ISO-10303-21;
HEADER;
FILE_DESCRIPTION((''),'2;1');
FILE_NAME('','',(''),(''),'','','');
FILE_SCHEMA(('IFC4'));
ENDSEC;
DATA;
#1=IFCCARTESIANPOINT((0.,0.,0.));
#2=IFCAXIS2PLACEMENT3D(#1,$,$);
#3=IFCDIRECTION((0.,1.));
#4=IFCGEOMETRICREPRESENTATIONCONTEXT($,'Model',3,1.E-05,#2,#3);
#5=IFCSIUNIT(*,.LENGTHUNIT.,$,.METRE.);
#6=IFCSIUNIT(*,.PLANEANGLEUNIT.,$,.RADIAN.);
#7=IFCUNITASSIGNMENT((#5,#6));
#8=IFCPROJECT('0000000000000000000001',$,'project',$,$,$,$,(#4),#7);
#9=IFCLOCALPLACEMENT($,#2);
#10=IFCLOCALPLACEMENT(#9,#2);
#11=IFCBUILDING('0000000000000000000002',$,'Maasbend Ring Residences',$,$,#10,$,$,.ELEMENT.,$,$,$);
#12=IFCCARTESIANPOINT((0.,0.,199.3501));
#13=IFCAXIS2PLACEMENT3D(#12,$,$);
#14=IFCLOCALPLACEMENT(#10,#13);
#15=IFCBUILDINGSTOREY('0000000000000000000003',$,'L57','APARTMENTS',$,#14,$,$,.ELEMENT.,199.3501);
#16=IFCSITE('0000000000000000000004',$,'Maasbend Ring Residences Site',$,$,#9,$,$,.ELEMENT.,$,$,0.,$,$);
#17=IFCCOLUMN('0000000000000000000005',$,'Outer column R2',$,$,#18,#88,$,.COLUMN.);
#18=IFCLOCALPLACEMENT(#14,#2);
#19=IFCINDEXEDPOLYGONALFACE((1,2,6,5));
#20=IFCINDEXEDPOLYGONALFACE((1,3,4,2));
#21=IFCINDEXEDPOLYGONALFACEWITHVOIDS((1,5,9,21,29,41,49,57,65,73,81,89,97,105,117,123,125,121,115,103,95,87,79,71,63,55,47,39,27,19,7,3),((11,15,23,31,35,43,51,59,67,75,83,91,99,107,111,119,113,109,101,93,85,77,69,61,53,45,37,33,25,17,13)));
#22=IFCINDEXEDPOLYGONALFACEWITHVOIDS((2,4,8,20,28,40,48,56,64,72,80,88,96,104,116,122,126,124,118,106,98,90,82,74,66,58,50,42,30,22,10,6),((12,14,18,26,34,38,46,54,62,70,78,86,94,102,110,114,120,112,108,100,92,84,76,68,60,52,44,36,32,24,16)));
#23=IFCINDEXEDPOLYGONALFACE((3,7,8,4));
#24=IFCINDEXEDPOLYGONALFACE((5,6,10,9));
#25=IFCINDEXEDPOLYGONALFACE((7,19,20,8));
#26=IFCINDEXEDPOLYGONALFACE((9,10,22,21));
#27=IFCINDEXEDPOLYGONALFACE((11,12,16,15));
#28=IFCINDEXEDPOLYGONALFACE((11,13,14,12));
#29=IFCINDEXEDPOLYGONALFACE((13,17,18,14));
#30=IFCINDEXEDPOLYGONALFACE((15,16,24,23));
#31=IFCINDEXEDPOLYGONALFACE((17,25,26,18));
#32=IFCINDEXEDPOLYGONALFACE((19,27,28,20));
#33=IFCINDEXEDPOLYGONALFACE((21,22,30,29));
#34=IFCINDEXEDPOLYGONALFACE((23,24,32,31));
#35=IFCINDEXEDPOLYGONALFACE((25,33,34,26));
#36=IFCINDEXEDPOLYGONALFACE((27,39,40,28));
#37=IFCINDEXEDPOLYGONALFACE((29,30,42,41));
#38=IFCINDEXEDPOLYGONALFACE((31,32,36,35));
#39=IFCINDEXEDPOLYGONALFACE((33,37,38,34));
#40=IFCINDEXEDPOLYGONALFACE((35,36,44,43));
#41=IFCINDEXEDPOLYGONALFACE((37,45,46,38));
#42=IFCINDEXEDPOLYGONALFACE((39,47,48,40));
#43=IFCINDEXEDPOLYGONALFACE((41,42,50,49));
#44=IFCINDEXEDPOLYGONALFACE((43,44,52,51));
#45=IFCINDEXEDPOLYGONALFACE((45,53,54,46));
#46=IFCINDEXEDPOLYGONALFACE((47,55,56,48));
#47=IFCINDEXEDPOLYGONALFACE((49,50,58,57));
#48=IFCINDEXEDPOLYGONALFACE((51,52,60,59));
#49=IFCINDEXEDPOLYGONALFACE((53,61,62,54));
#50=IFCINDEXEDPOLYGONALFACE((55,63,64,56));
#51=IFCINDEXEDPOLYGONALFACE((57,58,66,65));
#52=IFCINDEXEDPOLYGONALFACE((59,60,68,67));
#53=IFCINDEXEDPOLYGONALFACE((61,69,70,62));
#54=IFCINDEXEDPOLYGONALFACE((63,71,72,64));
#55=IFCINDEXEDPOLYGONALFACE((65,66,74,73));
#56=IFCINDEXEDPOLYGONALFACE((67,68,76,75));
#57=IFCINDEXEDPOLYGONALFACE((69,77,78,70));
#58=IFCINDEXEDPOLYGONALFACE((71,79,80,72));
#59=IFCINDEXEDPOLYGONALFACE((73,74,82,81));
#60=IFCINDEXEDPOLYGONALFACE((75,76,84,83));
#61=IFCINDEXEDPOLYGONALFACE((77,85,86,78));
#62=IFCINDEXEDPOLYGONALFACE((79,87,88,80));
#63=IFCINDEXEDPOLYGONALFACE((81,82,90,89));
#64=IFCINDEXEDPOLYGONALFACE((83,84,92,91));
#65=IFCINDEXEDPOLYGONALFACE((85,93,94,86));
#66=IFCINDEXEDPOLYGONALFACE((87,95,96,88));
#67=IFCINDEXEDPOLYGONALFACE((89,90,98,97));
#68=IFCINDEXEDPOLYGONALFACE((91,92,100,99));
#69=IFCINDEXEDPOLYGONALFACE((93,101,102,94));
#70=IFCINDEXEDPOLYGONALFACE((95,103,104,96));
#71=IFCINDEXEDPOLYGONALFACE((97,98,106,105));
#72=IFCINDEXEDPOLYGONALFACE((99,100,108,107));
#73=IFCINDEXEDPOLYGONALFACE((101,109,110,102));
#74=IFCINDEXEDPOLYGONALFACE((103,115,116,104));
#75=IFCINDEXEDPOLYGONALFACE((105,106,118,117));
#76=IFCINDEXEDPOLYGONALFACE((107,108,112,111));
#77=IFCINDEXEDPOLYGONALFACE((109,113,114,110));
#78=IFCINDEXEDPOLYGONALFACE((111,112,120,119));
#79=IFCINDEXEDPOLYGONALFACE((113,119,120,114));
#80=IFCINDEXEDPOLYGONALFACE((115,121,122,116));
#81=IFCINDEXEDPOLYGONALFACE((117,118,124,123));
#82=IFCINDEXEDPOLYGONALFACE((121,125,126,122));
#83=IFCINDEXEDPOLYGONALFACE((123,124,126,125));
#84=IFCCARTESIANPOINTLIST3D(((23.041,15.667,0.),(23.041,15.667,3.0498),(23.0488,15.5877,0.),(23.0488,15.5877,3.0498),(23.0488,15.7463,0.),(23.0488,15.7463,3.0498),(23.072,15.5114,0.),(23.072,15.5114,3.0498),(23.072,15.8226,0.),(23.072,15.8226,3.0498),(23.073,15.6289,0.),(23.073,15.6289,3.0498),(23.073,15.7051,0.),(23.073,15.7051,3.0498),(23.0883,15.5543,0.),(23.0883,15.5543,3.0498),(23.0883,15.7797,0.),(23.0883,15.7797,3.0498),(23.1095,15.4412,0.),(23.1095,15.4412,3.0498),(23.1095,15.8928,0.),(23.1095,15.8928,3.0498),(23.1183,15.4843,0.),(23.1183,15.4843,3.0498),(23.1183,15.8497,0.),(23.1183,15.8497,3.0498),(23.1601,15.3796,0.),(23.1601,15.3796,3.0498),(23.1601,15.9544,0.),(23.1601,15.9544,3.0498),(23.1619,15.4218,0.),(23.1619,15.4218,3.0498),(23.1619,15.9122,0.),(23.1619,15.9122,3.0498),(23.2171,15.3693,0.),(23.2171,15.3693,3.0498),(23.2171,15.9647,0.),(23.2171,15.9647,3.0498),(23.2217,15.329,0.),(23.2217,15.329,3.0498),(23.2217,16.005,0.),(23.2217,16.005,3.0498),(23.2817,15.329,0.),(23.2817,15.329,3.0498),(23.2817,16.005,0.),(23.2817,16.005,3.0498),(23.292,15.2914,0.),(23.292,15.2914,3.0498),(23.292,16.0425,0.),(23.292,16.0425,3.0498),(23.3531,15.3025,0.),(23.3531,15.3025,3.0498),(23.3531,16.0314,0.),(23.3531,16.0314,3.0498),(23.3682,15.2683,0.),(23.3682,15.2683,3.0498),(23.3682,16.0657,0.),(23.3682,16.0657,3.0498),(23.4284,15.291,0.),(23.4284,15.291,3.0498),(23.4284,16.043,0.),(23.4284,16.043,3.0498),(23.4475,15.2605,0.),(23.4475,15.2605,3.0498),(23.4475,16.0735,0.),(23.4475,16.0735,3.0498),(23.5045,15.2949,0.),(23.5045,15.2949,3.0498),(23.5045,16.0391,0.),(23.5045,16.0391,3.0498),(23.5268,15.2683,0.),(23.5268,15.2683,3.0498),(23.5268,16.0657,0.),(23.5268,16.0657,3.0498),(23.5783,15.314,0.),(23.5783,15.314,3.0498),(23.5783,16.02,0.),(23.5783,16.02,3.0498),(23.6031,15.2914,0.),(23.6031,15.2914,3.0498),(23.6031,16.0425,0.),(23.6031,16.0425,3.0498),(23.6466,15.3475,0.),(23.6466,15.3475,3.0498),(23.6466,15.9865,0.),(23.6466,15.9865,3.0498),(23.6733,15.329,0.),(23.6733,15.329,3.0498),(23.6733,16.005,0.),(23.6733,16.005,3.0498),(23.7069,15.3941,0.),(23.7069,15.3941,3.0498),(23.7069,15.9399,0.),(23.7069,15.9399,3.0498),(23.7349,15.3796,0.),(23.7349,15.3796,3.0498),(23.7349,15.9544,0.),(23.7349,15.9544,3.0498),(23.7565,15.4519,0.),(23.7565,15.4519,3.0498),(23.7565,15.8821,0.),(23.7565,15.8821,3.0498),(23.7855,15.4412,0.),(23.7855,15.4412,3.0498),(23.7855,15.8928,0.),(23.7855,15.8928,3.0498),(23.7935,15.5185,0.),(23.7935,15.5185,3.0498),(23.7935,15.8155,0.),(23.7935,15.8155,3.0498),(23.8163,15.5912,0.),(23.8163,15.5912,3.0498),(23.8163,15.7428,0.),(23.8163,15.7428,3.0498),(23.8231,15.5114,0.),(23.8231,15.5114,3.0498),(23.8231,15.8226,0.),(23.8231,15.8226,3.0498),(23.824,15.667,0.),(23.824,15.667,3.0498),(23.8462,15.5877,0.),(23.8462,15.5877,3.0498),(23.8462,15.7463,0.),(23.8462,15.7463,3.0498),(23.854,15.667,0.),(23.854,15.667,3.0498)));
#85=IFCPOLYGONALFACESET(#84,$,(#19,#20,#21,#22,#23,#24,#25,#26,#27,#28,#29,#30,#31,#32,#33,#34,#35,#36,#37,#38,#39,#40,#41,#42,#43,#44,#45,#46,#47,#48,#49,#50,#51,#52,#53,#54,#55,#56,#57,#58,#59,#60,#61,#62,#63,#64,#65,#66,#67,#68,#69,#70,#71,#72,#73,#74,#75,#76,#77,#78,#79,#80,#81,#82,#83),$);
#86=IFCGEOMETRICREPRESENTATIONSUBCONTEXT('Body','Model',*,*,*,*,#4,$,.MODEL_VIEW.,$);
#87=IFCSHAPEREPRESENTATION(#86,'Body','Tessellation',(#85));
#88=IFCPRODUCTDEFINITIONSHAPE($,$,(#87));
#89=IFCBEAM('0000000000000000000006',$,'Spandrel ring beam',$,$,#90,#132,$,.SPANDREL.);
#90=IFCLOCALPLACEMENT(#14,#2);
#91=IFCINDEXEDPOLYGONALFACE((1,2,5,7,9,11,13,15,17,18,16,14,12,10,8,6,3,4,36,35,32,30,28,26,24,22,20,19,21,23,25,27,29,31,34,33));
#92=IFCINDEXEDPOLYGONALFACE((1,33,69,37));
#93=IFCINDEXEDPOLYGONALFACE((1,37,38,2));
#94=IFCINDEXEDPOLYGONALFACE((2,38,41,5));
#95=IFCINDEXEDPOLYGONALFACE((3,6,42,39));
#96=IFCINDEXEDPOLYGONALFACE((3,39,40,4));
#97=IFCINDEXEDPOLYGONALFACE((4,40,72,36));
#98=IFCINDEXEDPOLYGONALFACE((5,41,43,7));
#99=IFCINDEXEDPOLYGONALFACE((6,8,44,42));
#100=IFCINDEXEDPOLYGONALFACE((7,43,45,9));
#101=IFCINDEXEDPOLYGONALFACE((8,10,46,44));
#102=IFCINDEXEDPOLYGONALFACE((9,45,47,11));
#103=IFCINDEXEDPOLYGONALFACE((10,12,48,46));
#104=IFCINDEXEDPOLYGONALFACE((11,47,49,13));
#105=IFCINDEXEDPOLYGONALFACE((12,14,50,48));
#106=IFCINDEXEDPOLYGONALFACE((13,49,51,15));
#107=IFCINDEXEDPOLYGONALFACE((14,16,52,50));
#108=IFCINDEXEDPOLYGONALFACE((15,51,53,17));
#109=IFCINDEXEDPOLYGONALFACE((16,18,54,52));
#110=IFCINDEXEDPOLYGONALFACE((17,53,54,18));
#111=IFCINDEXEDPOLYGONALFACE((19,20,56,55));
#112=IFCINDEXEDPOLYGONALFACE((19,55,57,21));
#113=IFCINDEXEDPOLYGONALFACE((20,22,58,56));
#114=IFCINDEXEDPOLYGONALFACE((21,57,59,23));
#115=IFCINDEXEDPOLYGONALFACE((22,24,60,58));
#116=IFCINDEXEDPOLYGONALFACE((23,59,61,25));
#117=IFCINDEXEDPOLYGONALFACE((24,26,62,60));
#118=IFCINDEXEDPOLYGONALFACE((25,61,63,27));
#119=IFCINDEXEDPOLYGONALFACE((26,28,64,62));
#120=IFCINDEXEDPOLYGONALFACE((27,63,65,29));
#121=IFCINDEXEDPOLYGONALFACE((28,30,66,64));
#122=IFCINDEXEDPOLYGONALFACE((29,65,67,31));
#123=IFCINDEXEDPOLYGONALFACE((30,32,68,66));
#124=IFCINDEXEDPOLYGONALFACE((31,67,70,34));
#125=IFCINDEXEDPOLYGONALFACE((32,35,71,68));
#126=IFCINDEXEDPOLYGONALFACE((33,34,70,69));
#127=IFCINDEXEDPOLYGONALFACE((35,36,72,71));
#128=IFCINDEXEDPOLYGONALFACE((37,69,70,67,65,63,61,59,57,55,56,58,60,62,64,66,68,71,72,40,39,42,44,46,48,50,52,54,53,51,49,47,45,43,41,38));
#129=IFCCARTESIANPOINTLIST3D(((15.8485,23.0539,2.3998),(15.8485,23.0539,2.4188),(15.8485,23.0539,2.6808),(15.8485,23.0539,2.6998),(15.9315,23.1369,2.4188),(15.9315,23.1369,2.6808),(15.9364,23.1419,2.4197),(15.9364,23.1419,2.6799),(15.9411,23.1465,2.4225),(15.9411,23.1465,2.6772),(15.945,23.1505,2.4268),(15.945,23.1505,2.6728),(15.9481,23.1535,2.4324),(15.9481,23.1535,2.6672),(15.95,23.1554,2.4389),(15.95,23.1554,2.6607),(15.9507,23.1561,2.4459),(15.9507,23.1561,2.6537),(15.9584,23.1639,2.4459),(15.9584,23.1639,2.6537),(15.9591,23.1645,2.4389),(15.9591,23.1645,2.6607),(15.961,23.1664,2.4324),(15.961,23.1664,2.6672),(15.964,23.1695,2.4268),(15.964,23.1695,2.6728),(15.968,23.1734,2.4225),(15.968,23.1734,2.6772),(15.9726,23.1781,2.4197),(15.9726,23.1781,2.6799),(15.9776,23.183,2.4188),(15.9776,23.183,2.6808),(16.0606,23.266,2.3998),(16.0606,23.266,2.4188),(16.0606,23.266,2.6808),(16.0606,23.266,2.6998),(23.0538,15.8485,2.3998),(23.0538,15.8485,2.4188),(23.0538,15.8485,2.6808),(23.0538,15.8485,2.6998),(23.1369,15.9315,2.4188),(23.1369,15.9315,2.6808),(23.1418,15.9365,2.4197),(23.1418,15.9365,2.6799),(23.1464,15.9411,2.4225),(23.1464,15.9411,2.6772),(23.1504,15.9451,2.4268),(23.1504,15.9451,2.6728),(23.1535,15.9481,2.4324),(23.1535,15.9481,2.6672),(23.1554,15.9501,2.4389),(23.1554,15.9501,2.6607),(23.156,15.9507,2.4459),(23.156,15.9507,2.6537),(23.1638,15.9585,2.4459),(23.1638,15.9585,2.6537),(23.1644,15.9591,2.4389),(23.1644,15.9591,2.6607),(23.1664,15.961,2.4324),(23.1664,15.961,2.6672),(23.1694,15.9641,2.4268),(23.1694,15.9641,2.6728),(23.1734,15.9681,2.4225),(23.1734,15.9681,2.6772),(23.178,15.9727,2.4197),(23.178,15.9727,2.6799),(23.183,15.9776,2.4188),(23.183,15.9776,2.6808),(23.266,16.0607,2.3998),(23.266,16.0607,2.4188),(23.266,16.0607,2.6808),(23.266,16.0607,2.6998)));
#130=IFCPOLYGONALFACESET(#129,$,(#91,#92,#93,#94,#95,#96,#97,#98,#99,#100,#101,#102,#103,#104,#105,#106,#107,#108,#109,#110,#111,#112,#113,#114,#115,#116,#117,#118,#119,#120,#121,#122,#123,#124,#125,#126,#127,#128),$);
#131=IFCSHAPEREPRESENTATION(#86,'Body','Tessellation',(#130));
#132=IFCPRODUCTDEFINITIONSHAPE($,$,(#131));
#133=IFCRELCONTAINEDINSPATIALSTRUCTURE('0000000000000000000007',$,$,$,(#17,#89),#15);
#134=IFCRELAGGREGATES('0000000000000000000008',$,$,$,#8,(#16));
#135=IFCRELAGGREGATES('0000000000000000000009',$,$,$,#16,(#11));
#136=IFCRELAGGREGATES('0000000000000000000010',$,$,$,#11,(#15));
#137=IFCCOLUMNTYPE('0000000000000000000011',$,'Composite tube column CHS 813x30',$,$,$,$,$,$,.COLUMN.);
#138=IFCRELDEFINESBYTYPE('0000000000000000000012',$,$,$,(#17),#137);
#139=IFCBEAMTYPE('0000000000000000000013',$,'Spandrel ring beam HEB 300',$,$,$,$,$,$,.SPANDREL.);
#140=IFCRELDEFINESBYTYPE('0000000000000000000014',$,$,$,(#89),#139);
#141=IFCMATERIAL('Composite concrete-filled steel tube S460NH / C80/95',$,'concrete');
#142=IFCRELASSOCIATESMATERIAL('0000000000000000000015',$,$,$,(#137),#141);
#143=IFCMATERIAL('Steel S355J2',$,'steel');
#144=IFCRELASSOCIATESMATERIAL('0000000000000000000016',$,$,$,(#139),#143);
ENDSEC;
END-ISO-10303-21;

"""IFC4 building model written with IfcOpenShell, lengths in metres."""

from ifc_helpers import new_model, si_unit, direction, frame, origin, origin_2d, place, context, subcontext, project, spatial, hollow_circle, i_section, extrude, material, material_profile, profile_set, type_object, element, save


model = new_model("IFC4")

# Units and contexts
model_context = context("Model", 3, precision=1e-05, world=origin(), true_north=direction((0.0, 1.0)))
body_context = subcontext(model_context, "Body", "Model", "MODEL_VIEW")
ifc_project = project(units=[si_unit("LENGTHUNIT", "METRE"), si_unit("PLANEANGLEUNIT", "RADIAN")], contexts=[model_context])

# Site, building, storey
site_placement = place(None, origin())
site = spatial("IfcSite", under=ifc_project, at=site_placement, Name="Maasbend Ring Residences Site", CompositionType="ELEMENT", RefElevation=0.0)
building_placement = place(site_placement, origin())
building = spatial("IfcBuilding", under=site, at=building_placement, Name="Maasbend Ring Residences", CompositionType="ELEMENT")
storey_placement = place(building_placement, frame((0.0, 0.0, 199.3501)))
storey = spatial("IfcBuildingStorey", under=building, at=storey_placement, Name="L57", Description="APARTMENTS", CompositionType="ELEMENT", Elevation=199.3501)

# Column
ifc_material_1 = material(Name="Composite concrete-filled steel tube S460NH / C80/95", Category="concrete")
ifc_material_profile_1 = material_profile(ifc_material_1, hollow_circle(Radius=0.4065, WallThickness=0.03, at=origin_2d()), Name="Composite tube column CHS 813x30")
ifc_profile_set_1 = profile_set([ifc_material_profile_1], Name="Composite concrete-filled steel tube S460NH / C80/95")
column_type = type_object("IfcColumnType", Name="Composite tube column CHS 813x30", PredefinedType="COLUMN", material=ifc_profile_set_1)
column_placement = place(storey_placement, frame((23.4475, 15.667, 0.0), z_axis=(0.0, 0.0, 1.0), x_axis=(1.0, 0.0, 0.0)))
element("IfcColumn", 1, at=column_placement, inside=storey, type_object=column_type, Name="Outer column R2", PredefinedType="COLUMN", context=body_context, shape_type="SweptSolid", body=[
    extrude(hollow_circle(Radius=0.4065, WallThickness=0.03, at=origin_2d()), origin(), (0.0, 0.0, 1.0), 3.0498),
])

# Beam
ifc_material_2 = material(Name="Steel S355J2", Category="steel")
ifc_material_profile_2 = material_profile(ifc_material_2, i_section(OverallWidth=0.3, OverallDepth=0.3, WebThickness=0.011, FlangeThickness=0.019, FilletRadius=0.0271, at=origin_2d()), Name="HEB 300")
ifc_profile_set_2 = profile_set([ifc_material_profile_2], Name="Steel S355J2")
beam_type = type_object("IfcBeamType", Name="Spandrel ring beam HEB 300", PredefinedType="SPANDREL", material=ifc_profile_set_2)
beam_placement = place(storey_placement, frame((23.1599, 15.9546, 2.5498), z_axis=(-0.707107, 0.707107, 0.0), x_axis=(-0.707107, -0.707107, 0.0)))
element("IfcBeam", 2, at=beam_placement, inside=storey, type_object=beam_type, Name="Spandrel ring beam", PredefinedType="SPANDREL", context=body_context, shape_type="SweptSolid", body=[
    extrude(i_section(OverallWidth=0.3, OverallDepth=0.3, WebThickness=0.011, FlangeThickness=0.019, FilletRadius=0.0271, at=origin_2d()), origin(), (0.0, 0.0, 1.0), 10.1899),
])

save(model, "model.ifc")
